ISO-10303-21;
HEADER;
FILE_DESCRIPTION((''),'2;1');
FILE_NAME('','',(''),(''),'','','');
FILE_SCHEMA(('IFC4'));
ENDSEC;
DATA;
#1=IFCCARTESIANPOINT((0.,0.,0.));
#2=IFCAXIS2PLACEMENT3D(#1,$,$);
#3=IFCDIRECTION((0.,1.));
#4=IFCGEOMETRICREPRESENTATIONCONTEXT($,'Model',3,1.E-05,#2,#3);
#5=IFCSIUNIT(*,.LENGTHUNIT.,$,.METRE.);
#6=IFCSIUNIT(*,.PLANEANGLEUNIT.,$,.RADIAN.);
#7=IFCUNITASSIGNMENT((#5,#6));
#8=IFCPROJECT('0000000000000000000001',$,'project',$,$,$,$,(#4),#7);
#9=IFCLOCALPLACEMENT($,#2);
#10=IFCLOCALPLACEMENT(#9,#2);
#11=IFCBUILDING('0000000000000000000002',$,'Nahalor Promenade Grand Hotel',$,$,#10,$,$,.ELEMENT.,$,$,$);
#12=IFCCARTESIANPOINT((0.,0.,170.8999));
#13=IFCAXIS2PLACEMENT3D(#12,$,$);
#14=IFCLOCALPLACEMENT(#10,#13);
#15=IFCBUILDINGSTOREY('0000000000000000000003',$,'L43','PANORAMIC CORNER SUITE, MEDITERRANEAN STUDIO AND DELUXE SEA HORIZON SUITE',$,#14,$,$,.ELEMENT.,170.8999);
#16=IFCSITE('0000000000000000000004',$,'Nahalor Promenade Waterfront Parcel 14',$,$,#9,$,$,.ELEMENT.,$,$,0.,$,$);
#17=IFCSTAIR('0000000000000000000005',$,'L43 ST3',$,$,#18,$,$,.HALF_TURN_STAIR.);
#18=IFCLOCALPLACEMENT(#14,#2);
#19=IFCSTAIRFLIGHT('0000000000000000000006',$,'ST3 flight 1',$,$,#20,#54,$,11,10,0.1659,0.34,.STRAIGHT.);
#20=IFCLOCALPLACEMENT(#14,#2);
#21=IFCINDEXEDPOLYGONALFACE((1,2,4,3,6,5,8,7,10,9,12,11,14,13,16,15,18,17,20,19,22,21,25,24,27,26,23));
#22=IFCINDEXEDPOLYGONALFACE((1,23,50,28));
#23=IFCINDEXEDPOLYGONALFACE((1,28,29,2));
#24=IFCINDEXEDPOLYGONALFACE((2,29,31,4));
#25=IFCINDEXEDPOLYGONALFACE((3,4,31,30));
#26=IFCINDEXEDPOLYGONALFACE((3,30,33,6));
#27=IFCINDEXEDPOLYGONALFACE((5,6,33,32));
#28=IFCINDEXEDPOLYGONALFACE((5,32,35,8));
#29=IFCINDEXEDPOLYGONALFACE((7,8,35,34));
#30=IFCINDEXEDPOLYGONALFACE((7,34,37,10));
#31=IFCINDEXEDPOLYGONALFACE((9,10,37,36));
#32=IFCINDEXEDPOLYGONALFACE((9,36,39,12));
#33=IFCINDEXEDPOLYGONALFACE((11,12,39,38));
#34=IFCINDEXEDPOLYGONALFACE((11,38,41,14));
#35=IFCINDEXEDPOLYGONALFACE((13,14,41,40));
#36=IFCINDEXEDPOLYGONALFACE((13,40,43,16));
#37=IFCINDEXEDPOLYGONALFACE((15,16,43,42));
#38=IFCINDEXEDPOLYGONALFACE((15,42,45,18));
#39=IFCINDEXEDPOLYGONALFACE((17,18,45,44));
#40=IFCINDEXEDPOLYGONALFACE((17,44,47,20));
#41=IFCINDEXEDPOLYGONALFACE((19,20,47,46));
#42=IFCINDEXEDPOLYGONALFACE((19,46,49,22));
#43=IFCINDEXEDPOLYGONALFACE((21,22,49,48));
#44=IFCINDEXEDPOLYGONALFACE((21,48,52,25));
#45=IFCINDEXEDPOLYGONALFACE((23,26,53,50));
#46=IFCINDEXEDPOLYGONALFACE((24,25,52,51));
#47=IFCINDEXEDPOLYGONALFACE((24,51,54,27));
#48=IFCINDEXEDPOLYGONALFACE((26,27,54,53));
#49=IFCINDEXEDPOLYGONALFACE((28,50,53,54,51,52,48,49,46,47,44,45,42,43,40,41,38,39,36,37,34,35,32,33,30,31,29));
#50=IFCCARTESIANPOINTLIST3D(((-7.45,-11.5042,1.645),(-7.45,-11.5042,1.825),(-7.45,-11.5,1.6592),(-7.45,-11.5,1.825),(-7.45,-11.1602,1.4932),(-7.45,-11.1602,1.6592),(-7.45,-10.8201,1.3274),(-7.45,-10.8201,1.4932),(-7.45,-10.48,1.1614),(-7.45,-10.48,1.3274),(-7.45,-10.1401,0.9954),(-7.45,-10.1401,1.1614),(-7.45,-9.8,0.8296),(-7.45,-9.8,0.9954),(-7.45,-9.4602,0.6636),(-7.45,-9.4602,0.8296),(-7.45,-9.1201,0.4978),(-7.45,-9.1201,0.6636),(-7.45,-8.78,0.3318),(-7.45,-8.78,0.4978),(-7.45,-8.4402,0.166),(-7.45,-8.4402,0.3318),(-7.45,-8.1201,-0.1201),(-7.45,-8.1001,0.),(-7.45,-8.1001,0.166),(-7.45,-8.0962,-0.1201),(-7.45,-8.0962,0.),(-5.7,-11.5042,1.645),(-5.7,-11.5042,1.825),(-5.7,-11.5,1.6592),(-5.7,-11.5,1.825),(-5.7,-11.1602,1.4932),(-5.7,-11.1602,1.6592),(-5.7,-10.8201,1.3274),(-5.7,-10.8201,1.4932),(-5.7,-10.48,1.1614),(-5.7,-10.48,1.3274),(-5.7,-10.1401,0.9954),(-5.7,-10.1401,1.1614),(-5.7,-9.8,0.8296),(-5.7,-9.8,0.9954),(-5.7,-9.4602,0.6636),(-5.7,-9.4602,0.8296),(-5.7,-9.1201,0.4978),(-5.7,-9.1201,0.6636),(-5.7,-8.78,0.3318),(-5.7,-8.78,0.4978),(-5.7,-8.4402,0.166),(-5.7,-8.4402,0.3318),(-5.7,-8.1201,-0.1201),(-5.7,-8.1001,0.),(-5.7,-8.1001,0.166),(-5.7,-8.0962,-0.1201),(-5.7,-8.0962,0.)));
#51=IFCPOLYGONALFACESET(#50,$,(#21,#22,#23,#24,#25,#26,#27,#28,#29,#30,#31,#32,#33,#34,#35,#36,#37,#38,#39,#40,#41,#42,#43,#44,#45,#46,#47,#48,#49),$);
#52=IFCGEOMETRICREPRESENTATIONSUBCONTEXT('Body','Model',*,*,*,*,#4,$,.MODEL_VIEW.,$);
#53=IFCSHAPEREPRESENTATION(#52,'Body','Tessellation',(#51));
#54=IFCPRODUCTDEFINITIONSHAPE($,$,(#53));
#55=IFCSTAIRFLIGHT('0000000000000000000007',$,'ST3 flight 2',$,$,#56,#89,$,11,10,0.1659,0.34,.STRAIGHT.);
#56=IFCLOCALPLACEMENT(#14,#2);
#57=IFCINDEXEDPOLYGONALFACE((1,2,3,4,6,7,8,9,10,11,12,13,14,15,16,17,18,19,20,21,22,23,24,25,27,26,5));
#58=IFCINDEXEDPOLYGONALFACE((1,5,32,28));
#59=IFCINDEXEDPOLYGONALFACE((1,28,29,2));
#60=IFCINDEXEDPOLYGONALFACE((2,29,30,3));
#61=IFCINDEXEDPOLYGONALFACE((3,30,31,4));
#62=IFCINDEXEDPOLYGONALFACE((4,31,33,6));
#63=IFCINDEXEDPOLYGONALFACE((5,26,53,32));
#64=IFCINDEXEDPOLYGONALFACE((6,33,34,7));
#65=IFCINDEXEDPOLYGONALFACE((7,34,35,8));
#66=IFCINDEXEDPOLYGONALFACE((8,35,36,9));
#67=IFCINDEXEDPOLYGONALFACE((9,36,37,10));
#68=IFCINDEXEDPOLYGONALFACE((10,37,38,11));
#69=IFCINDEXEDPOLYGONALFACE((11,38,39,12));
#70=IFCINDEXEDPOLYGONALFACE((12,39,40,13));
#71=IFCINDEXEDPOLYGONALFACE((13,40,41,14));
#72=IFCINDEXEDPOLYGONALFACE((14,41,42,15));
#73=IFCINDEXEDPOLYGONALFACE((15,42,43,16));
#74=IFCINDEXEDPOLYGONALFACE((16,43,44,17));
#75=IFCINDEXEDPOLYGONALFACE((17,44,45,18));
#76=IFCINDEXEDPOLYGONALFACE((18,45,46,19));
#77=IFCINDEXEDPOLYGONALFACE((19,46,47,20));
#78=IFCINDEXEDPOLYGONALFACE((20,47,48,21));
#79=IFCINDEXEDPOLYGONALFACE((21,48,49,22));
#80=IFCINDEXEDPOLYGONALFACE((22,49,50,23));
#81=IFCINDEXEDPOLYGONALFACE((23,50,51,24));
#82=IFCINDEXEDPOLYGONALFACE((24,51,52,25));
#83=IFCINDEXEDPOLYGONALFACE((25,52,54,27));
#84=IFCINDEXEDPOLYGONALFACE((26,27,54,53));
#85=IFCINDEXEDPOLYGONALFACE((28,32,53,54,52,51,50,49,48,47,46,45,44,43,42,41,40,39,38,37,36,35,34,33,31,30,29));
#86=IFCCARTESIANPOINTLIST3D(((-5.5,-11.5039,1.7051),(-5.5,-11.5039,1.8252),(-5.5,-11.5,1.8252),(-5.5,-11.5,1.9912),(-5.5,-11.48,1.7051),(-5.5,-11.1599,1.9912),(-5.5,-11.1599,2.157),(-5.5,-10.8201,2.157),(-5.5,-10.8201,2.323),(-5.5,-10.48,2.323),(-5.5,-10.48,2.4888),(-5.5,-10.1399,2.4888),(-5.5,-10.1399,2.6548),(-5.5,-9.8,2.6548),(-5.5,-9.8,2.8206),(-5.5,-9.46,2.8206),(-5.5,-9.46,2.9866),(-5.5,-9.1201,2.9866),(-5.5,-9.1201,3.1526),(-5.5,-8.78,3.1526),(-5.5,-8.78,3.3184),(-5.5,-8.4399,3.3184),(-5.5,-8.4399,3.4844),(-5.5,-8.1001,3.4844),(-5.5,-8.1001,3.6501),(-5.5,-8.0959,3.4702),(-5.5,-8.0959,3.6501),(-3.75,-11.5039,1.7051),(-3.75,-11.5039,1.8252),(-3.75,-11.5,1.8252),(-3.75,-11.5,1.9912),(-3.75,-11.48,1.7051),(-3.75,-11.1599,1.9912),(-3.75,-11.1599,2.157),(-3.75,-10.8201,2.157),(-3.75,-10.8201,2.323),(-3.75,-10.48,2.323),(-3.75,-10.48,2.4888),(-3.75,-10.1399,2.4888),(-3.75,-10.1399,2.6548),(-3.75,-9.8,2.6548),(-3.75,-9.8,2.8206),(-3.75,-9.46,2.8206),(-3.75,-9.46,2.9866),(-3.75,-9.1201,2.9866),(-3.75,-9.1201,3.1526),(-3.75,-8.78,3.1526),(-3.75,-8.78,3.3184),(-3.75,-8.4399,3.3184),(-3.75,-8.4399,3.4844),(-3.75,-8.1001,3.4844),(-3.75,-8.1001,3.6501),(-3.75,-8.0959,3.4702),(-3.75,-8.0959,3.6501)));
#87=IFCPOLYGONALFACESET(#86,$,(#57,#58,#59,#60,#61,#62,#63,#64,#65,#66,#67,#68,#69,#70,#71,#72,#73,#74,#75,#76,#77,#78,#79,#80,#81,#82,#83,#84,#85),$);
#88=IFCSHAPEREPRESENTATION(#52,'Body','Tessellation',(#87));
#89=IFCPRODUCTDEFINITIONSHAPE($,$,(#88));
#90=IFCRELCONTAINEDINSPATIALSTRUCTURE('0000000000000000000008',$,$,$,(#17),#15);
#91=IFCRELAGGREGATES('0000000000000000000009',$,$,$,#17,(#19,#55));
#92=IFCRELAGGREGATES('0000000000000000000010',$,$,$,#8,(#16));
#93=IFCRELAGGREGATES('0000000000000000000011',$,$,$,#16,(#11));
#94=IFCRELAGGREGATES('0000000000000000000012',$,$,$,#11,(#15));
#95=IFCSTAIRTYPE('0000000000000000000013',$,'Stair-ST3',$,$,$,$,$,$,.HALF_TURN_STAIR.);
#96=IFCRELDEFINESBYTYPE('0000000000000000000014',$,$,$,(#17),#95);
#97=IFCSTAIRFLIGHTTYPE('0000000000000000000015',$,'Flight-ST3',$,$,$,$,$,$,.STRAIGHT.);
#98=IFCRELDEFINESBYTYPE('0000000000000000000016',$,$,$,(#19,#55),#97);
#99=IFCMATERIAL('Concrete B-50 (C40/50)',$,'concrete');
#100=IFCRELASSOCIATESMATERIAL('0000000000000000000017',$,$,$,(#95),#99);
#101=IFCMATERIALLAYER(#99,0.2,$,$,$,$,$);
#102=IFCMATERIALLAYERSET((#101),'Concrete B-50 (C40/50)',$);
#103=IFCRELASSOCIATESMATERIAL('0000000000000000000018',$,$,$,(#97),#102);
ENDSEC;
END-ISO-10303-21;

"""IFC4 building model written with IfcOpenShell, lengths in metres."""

from ifc_helpers import new_model, si_unit, direction, frame, origin, place, context, subcontext, project, spatial, polyline, outline, extrude, source, transform, mapped, material, layer, layer_set, type_object, element, aggregate, save


model = new_model("IFC4")

# Units and contexts
model_context = context("Model", 3, precision=1e-05, world=origin(), true_north=direction((0.0, 1.0)))
body_context = subcontext(model_context, "Body", "Model", "MODEL_VIEW")
ifc_project = project(units=[si_unit("LENGTHUNIT", "METRE"), si_unit("PLANEANGLEUNIT", "RADIAN")], contexts=[model_context])

# Site, building, storey
site_placement = place(None, origin())
site = spatial("IfcSite", under=ifc_project, at=site_placement, Name="Nahalor Promenade Waterfront Parcel 14", CompositionType="ELEMENT", RefElevation=0.0)
building_placement = place(site_placement, origin())
building = spatial("IfcBuilding", under=site, at=building_placement, Name="Nahalor Promenade Grand Hotel", CompositionType="ELEMENT")
storey_placement = place(building_placement, frame((0.0, 0.0, 170.8999)))
storey = spatial("IfcBuildingStorey", under=building, at=storey_placement, Name="L43", Description="PANORAMIC CORNER SUITE, MEDITERRANEAN STUDIO AND DELUXE SEA HORIZON SUITE", CompositionType="ELEMENT", Elevation=170.8999)

# Shared definitions
ifc_material_1 = material(Name="Concrete B-50 (C40/50)", Category="concrete")

# Stair, stair flights
stair_type = type_object("IfcStairType", Name="Stair-ST3", PredefinedType="HALF_TURN_STAIR", material=ifc_material_1)
stair_placement = place(storey_placement, origin())
stair = element("IfcStair", 1, at=stair_placement, inside=storey, type_object=stair_type, Name="L43 ST3", PredefinedType="HALF_TURN_STAIR")
ifc_layer_1 = layer(ifc_material_1, 0.2)
ifc_layer_set_1 = layer_set([ifc_layer_1], Name="Concrete B-50 (C40/50)")
stair_flight_type = type_object("IfcStairFlightType", Name="Flight-ST3", PredefinedType="STRAIGHT", material=ifc_layer_set_1)
shared_shape_1 = source(origin(), body_context, "Body", "SweptSolid", [
    extrude(outline(polyline([(-0.0039, -0.1201), (-0.0039, 0.0), (0.0, 0.0), (0.0, 0.166), (0.3401, 0.166), (0.3401, 0.3318), (0.6799, 0.3318), (0.6799, 0.4978), (1.02, 0.4978), (1.02, 0.6636), (1.3601, 0.6636), (1.3601, 0.8296), (1.7, 0.8296), (1.7, 0.9954), (2.04, 0.9954), (2.04, 1.1614), (2.3799, 1.1614), (2.3799, 1.3274), (2.72, 1.3274), (2.72, 1.4932), (3.0601, 1.4932), (3.0601, 1.6592), (3.3999, 1.6592), (3.3999, 1.825), (3.4041, 1.825), (3.4041, 1.645), (0.02, -0.1201), (-0.0039, -0.1201)])), frame((0.0, 0.875, 0.0), z_axis=(0.0, -1.0, 0.0), x_axis=(1.0, 0.0, 0.0)), (0.0, 0.0, 1.0), 1.75),
])
stair_flight_1_placement = place(storey_placement, frame((-6.575, -8.1001, 0.0), z_axis=(0.0, 0.0, 1.0), x_axis=(0.0, -1.0, 0.0)))
stair_flight_1 = element("IfcStairFlight", 2, at=stair_flight_1_placement, type_object=stair_flight_type, Name="ST3 flight 1", NumberOfRisers=11, NumberOfTreads=10, PredefinedType="STRAIGHT", RiserHeight=0.1659, TreadLength=0.34, context=body_context, shape_type="MappedRepresentation", body=[
    mapped(shared_shape_1, transform((0.0, 0.0, 0.0), scale=1.0)),
])
stair_flight_2_placement = place(storey_placement, frame((-4.625, -11.5, 1.8252), z_axis=(0.0, 0.0, 1.0), x_axis=(0.0, 1.0, 0.0)))
stair_flight_2 = element("IfcStairFlight", 3, at=stair_flight_2_placement, type_object=stair_flight_type, Name="ST3 flight 2", NumberOfRisers=11, NumberOfTreads=10, PredefinedType="STRAIGHT", RiserHeight=0.1659, TreadLength=0.34, context=body_context, shape_type="MappedRepresentation", body=[
    mapped(shared_shape_1, transform((0.0, 0.0, 0.0), scale=1.0)),
])
aggregate(stair, [stair_flight_1, stair_flight_2])

save(model, "model.ifc")
